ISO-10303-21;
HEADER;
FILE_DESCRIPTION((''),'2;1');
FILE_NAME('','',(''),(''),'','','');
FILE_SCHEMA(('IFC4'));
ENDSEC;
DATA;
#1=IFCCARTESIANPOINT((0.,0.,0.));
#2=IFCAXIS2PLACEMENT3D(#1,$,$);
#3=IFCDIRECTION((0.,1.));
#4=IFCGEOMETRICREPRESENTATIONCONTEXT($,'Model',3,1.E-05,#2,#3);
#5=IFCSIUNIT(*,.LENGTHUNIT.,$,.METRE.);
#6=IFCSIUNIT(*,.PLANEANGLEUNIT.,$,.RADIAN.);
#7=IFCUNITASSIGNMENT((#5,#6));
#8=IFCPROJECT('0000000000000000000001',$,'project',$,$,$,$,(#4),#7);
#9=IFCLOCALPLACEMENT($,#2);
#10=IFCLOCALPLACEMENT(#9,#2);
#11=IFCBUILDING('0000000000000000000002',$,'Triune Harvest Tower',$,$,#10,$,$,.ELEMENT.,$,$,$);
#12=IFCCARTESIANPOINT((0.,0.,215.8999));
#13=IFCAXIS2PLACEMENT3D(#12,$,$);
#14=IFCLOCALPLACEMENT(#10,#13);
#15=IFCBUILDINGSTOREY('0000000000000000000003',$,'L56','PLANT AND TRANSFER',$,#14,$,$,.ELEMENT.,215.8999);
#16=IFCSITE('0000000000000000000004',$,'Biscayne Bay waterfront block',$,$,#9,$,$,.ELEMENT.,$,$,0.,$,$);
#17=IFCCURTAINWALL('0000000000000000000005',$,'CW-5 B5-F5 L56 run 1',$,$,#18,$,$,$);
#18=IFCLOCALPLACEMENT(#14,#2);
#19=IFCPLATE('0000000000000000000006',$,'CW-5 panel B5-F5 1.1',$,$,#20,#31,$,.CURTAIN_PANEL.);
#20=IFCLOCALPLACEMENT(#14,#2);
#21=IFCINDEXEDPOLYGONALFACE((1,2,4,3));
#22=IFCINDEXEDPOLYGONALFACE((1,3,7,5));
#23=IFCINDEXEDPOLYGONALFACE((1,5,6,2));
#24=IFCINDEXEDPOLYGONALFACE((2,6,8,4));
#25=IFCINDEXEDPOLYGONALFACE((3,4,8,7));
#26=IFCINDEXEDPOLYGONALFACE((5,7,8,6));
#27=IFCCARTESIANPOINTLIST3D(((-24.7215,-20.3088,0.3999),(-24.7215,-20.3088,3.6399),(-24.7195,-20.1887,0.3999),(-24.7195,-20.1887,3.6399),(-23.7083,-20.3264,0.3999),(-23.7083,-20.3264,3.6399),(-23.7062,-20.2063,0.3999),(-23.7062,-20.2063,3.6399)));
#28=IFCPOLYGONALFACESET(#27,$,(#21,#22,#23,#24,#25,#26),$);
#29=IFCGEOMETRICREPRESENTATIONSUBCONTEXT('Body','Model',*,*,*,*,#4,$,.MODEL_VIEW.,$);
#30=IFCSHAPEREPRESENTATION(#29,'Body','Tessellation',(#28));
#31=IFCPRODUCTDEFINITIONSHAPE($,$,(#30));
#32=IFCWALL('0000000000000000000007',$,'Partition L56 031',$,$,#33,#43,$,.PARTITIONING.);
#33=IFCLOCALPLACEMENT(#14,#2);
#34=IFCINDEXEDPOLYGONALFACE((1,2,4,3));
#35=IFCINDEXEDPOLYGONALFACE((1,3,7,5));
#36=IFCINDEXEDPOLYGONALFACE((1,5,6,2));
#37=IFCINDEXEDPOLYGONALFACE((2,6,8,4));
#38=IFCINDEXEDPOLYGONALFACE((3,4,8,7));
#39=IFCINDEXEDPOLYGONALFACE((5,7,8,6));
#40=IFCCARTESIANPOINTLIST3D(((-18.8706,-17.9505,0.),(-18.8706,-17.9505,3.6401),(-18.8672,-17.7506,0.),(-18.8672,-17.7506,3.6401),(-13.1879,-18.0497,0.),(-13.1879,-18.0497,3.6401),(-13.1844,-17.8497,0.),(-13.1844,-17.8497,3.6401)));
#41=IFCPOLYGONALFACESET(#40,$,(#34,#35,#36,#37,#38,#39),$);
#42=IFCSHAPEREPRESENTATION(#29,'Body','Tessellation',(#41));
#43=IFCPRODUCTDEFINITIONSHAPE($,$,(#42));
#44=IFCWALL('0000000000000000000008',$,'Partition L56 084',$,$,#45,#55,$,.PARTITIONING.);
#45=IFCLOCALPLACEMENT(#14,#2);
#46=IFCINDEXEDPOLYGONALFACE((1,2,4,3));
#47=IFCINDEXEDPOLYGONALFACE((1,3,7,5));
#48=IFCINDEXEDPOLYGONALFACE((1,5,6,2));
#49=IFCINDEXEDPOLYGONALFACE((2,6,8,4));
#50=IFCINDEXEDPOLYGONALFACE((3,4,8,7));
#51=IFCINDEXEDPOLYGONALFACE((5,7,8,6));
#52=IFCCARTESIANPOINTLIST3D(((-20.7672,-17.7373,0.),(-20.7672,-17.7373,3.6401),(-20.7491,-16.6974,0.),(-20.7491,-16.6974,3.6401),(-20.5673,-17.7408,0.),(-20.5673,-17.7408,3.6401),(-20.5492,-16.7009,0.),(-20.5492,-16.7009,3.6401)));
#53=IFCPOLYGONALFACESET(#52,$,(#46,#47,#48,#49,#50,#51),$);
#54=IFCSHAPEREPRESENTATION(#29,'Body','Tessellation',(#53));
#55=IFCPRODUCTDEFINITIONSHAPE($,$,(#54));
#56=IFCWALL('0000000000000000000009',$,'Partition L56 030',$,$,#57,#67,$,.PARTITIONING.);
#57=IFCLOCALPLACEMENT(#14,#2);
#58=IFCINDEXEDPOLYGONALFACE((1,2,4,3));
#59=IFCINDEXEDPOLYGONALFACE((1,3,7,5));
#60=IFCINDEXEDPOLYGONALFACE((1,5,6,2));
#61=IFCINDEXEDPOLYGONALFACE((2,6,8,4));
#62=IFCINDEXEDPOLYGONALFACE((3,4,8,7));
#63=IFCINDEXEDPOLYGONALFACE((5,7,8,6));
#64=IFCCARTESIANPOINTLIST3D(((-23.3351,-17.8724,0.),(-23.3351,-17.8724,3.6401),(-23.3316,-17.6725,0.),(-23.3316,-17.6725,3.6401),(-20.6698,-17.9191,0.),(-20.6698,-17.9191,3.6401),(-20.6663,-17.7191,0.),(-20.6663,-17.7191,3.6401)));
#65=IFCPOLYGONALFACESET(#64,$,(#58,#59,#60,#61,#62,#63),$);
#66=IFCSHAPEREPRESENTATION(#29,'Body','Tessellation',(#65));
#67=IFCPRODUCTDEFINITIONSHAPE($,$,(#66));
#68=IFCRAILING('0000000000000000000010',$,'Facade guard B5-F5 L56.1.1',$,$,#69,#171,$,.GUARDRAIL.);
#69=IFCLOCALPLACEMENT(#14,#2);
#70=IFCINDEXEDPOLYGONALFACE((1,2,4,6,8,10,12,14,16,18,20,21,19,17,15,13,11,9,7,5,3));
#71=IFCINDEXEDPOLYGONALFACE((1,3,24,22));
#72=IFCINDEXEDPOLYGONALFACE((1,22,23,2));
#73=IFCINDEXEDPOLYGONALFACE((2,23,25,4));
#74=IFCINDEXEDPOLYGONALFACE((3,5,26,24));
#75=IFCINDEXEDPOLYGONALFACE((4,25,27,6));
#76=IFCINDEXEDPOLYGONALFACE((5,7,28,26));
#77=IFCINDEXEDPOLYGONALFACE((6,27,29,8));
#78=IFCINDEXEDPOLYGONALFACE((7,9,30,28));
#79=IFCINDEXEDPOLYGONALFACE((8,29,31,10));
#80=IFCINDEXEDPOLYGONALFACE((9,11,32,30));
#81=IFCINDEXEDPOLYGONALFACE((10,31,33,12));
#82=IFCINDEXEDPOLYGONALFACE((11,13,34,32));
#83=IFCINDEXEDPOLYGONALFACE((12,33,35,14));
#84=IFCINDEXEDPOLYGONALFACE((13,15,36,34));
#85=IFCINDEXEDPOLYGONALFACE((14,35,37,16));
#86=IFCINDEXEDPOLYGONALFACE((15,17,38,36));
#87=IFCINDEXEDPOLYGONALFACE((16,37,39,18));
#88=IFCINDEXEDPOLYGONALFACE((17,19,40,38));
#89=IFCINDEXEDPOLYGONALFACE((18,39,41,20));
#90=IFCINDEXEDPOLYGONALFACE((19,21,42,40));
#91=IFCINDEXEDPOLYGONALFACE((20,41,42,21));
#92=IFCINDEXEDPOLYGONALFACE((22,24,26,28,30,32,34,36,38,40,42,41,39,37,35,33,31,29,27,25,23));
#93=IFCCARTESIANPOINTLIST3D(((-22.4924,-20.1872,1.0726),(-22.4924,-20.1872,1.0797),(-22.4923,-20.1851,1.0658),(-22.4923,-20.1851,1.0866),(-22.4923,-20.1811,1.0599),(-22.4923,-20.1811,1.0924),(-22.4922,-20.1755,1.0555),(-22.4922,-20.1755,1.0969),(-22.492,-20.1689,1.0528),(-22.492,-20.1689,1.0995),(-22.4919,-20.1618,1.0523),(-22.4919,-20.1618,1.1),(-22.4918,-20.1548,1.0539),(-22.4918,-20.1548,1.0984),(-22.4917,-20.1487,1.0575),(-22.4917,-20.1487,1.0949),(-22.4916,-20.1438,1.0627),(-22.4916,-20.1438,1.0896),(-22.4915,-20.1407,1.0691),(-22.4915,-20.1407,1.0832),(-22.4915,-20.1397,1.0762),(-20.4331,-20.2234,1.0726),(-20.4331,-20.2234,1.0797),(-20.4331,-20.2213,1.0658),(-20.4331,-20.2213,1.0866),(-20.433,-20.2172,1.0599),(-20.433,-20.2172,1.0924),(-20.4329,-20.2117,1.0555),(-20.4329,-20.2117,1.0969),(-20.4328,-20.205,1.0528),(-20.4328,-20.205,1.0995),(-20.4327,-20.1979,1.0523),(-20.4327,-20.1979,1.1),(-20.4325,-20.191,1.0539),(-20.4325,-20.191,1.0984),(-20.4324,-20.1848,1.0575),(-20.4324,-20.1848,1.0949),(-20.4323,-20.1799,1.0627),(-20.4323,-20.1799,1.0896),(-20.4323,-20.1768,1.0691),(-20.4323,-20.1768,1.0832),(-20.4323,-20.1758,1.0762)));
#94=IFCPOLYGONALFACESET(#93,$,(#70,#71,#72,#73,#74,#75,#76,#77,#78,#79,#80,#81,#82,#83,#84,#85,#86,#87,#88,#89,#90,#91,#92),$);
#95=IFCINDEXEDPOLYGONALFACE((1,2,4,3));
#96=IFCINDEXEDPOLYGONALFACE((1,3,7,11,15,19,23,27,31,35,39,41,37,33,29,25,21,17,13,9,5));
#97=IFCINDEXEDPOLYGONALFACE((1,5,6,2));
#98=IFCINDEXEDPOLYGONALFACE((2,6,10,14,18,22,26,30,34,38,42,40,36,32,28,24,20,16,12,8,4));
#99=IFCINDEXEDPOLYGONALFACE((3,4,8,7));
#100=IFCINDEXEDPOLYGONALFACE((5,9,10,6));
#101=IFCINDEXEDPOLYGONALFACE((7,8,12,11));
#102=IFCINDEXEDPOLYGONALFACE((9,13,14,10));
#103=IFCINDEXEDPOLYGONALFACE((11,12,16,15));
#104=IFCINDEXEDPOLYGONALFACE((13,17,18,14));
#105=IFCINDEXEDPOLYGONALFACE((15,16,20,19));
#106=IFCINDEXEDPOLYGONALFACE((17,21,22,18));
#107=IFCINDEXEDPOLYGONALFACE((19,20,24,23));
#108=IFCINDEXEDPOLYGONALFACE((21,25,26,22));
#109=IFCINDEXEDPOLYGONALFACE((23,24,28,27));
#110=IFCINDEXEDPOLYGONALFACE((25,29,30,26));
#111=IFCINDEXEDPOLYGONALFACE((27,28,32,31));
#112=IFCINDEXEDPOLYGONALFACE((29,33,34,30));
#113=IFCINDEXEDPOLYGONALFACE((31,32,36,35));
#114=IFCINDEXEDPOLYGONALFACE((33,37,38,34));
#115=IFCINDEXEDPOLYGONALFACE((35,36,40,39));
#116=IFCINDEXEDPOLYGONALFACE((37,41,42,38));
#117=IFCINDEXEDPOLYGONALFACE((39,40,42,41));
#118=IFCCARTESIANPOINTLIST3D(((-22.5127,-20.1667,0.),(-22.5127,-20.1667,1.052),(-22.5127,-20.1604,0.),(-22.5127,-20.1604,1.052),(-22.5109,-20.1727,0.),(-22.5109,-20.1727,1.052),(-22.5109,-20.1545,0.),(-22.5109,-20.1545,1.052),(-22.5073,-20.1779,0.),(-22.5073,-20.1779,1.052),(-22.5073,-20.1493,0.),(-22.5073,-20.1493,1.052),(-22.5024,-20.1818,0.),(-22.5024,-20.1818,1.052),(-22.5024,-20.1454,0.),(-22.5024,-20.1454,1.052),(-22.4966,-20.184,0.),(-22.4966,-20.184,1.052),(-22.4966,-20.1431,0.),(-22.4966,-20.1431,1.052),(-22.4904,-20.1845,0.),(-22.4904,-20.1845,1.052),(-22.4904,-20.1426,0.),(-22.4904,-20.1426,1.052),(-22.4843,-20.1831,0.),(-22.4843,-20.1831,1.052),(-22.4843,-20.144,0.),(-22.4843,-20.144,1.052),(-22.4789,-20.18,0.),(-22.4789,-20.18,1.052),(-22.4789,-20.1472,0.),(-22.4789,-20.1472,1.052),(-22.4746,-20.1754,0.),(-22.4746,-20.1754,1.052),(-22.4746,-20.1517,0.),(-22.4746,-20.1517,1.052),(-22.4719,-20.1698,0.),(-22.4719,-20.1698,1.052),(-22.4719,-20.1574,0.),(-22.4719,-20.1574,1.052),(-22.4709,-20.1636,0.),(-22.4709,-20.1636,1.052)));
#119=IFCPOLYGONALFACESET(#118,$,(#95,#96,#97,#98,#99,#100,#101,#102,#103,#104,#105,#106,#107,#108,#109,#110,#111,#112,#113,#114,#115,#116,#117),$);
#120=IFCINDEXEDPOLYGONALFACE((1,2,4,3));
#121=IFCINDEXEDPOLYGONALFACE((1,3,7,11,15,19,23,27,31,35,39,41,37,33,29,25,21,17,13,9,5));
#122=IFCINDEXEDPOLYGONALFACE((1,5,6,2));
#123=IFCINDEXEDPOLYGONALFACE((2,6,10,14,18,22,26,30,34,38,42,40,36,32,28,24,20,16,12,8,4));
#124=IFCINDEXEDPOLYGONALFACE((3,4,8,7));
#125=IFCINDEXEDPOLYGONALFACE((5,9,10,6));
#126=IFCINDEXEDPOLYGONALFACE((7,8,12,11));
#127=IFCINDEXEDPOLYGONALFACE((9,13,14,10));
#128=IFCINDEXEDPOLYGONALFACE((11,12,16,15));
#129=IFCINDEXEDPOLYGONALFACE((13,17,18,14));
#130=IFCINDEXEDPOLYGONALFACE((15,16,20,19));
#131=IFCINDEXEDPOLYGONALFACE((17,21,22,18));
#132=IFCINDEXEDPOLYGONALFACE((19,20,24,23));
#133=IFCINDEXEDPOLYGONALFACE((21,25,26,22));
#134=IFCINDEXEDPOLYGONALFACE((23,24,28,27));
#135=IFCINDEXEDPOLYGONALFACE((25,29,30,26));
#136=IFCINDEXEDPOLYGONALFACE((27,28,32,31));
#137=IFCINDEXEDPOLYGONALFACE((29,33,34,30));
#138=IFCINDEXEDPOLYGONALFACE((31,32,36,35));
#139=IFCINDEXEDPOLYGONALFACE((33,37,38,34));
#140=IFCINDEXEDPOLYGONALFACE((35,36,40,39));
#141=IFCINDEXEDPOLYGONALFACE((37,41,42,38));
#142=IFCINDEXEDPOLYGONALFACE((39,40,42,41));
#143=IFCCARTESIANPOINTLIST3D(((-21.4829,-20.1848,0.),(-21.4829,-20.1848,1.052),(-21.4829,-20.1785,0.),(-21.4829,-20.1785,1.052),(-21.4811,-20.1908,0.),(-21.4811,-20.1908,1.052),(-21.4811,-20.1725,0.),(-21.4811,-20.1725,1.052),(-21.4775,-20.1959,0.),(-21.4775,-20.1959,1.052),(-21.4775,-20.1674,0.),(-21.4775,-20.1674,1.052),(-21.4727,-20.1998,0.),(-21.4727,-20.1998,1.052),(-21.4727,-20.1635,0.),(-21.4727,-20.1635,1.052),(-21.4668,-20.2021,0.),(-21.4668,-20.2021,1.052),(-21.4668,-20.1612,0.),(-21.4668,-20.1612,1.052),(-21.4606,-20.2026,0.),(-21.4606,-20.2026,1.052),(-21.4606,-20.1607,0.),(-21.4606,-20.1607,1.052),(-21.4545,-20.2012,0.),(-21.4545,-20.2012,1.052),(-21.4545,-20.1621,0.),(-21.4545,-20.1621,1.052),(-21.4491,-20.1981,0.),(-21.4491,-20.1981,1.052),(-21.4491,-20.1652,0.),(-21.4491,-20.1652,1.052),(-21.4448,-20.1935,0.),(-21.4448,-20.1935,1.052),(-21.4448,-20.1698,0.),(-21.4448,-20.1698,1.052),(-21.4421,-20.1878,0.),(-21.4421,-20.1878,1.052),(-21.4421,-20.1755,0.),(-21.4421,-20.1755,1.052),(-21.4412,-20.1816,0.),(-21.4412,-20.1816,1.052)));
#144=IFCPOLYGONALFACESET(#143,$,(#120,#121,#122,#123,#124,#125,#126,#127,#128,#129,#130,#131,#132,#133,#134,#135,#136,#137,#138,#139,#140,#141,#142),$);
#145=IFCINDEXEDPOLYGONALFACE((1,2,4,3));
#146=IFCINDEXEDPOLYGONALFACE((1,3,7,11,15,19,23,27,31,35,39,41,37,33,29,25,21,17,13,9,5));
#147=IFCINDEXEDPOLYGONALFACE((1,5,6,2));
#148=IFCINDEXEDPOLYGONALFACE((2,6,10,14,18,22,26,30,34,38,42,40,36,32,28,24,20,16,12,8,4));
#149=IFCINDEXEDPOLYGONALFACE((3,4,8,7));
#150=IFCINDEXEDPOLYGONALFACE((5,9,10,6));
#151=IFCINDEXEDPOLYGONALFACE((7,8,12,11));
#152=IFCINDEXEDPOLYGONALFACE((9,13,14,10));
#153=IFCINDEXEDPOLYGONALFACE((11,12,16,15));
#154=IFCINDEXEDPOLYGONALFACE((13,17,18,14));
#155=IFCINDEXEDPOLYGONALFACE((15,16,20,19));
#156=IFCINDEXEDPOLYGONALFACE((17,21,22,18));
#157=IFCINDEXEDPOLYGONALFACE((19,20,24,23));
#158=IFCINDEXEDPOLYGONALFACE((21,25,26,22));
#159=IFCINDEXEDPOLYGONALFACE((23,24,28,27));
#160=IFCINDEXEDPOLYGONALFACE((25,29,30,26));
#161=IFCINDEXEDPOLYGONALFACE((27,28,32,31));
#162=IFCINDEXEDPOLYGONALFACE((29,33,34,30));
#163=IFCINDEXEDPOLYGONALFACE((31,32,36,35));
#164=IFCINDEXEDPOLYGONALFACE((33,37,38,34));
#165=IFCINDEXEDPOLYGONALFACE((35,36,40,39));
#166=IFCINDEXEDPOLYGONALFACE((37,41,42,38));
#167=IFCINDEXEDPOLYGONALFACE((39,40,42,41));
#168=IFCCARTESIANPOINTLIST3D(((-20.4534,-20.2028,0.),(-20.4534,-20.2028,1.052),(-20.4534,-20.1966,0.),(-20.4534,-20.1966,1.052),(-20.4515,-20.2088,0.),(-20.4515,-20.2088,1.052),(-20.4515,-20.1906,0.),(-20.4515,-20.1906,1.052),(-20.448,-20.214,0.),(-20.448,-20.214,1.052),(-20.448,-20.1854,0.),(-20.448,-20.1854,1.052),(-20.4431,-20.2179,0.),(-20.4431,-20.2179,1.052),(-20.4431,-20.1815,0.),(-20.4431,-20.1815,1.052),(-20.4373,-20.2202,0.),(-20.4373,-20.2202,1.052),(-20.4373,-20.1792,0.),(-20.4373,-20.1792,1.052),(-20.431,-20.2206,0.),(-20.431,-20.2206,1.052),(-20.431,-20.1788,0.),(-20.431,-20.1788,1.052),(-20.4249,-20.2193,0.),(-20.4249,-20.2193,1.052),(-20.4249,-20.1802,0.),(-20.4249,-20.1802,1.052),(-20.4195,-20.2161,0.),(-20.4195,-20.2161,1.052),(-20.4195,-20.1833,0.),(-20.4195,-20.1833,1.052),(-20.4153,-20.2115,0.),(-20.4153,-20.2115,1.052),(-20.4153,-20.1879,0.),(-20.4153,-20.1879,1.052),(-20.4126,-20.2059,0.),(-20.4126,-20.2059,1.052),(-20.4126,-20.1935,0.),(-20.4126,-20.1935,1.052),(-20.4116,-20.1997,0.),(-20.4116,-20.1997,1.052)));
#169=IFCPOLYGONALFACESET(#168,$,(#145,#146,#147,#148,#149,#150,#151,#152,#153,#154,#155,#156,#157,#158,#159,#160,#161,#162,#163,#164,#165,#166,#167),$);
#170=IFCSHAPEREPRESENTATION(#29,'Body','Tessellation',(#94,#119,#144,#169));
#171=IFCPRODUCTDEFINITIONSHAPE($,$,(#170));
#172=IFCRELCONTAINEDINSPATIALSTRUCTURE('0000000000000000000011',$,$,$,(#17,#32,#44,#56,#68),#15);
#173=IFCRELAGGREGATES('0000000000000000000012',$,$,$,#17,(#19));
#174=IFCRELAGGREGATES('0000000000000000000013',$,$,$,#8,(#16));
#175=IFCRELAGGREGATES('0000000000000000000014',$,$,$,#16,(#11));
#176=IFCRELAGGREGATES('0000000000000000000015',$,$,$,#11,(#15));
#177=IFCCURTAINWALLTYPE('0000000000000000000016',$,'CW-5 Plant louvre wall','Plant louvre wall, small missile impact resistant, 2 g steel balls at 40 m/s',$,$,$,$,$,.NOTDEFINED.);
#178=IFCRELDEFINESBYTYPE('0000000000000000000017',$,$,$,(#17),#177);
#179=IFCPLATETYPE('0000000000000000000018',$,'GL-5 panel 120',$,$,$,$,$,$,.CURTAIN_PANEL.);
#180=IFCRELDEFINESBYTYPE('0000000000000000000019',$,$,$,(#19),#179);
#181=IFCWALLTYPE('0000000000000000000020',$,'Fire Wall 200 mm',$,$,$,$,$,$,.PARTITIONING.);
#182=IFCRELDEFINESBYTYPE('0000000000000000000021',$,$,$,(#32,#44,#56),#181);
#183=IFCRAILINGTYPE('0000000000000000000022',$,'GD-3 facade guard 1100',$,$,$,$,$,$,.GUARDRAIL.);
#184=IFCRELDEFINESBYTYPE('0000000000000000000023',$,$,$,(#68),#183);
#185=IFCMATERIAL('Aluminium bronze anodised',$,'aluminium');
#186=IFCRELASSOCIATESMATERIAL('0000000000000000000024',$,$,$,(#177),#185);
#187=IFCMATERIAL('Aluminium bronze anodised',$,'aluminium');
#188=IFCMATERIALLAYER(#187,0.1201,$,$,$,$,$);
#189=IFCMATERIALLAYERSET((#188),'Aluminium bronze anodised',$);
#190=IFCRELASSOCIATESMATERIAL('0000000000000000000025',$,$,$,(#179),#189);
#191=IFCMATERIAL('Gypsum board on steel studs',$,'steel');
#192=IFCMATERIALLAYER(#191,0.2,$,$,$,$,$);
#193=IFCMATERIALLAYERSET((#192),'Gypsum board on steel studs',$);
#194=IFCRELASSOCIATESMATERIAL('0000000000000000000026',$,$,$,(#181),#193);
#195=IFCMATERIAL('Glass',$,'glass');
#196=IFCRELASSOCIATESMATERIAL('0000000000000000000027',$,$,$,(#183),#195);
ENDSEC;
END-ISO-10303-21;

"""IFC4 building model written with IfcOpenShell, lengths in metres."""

from ifc_helpers import new_model, si_unit, direction, frame, frame_2d, origin, origin_2d, place, context, subcontext, project, spatial, rectangle, circle, extrude, source, transform, mapped, material, layer, layer_set, type_object, element, aggregate, save


model = new_model("IFC4")

# Units and contexts
model_context = context("Model", 3, precision=1e-05, world=origin(), true_north=direction((0.0, 1.0)))
body_context = subcontext(model_context, "Body", "Model", "MODEL_VIEW")
ifc_project = project(units=[si_unit("LENGTHUNIT", "METRE"), si_unit("PLANEANGLEUNIT", "RADIAN")], contexts=[model_context])

# Site, building, storey
site_placement = place(None, origin())
site = spatial("IfcSite", under=ifc_project, at=site_placement, Name="Biscayne Bay waterfront block", CompositionType="ELEMENT", RefElevation=0.0)
building_placement = place(site_placement, origin())
building = spatial("IfcBuilding", under=site, at=building_placement, Name="Triune Harvest Tower", CompositionType="ELEMENT")
storey_placement = place(building_placement, frame((0.0, 0.0, 215.8999)))
storey = spatial("IfcBuildingStorey", under=building, at=storey_placement, Name="L56", Description="PLANT AND TRANSFER", CompositionType="ELEMENT", Elevation=215.8999)

# Curtain wall
ifc_material_1 = material(Name="Aluminium bronze anodised", Category="aluminium")
curtain_wall_type = type_object("IfcCurtainWallType", Name="CW-5 Plant louvre wall", Description="Plant louvre wall, small missile impact resistant, 2 g steel balls at 40 m/s", PredefinedType="NOTDEFINED", material=ifc_material_1)
curtain_wall_1_placement = place(storey_placement, origin())
curtain_wall_1 = element("IfcCurtainWall", 1, at=curtain_wall_1_placement, inside=storey, type_object=curtain_wall_type, Name="CW-5 B5-F5 L56 run 1")

# Plate
ifc_material_2 = material(Name="Aluminium bronze anodised", Category="aluminium")
ifc_layer_1 = layer(ifc_material_2, 0.1201)
ifc_layer_set_1 = layer_set([ifc_layer_1], Name="Aluminium bronze anodised")
plate_type = type_object("IfcPlateType", Name="GL-5 panel 120", PredefinedType="CURTAIN_PANEL", material=ifc_layer_set_1)
shared_shape_1 = source(origin(), body_context, "Body", "SweptSolid", [
    extrude(rectangle(XDim=1.0134, YDim=0.1201, at=origin_2d()), origin(), (0.0, 0.0, 1.0), 3.24),
])
plate_1_placement = place(storey_placement, frame((-24.2139, -20.2576, 0.3999), z_axis=(0.0, 0.0, 1.0), x_axis=(0.999849, -0.017384, 0.0)))
plate_1 = element("IfcPlate", 2, at=plate_1_placement, type_object=plate_type, Name="CW-5 panel B5-F5 1.1", PredefinedType="CURTAIN_PANEL", context=body_context, shape_type="MappedRepresentation", body=[
    mapped(shared_shape_1, transform((0.0, 0.0, 0.0), scale=1.0)),
])
aggregate(curtain_wall_1, [plate_1])

# Walls
ifc_material_3 = material(Name="Gypsum board on steel studs", Category="steel")
ifc_layer_2 = layer(ifc_material_3, 0.2)
ifc_layer_set_2 = layer_set([ifc_layer_2], Name="Gypsum board on steel studs")
wall_type = type_object("IfcWallType", Name="Fire Wall 200 mm", PredefinedType="PARTITIONING", material=ifc_layer_set_2)
wall_1_placement = place(storey_placement, frame((-18.8689, -17.8506, 0.0), z_axis=(0.0, 0.0, 1.0), x_axis=(0.999848, -0.01744, 0.0)))
element("IfcWall", 3, at=wall_1_placement, inside=storey, type_object=wall_type, Name="Partition L56 031", PredefinedType="PARTITIONING", context=body_context, shape_type="SweptSolid", body=[
    extrude(rectangle(XDim=5.6836, YDim=0.2, at=frame_2d((2.8418, 0.0))), origin(), (0.0, 0.0, 1.0), 3.6401),
])
shared_shape_2 = source(origin(), body_context, "Body", "SweptSolid", [
    extrude(rectangle(XDim=1.04, YDim=0.2, at=frame_2d((0.52, 0.0))), origin(), (0.0, 0.0, 1.0), 3.6401),
])
wall_2_placement = place(storey_placement, frame((-20.6672, -17.739, 0.0), z_axis=(0.0, 0.0, 1.0), x_axis=(0.017372, 0.999849, 0.0)))
element("IfcWall", 4, at=wall_2_placement, inside=storey, type_object=wall_type, Name="Partition L56 084", PredefinedType="PARTITIONING", context=body_context, shape_type="MappedRepresentation", body=[
    mapped(shared_shape_2, transform((0.0, 0.0, 0.0), scale=1.0)),
])
shared_shape_3 = source(origin(), body_context, "Body", "SweptSolid", [
    extrude(rectangle(XDim=2.6658, YDim=0.2, at=frame_2d((1.333, 0.0))), origin(), (0.0, 0.0, 1.0), 3.6401),
])
wall_3_placement = place(storey_placement, frame((-23.3335, -17.7725, 0.0), z_axis=(0.0, 0.0, 1.0), x_axis=(0.999847, -0.017493, 0.0)))
element("IfcWall", 5, at=wall_3_placement, inside=storey, type_object=wall_type, Name="Partition L56 030", PredefinedType="PARTITIONING", context=body_context, shape_type="MappedRepresentation", body=[
    mapped(shared_shape_3, transform((0.0, 0.0, 0.0), scale=1.0)),
])

# Railing
ifc_material_4 = material(Name="Glass", Category="glass")
railing_type = type_object("IfcRailingType", Name="GD-3 facade guard 1100", PredefinedType="GUARDRAIL", material=ifc_material_4)
railing_1_placement = place(storey_placement, frame((-22.4919, -20.1636, 0.0)))
element("IfcRailing", 6, at=railing_1_placement, inside=storey, type_object=railing_type, Name="Facade guard B5-F5 L56.1.1", PredefinedType="GUARDRAIL", context=body_context, shape_type="SweptSolid", body=[
    extrude(circle(Radius=0.0239, at=origin_2d()), frame((0.0, 0.0, 1.0762), z_axis=(0.999846, -0.017543, 0.0), x_axis=(0.017543, 0.999846, 0.0)), (0.0, 0.0, 1.0), 2.0596),
    extrude(circle(Radius=0.021, at=origin_2d()), origin(), (0.0, 0.0, 1.0), 1.052),
    extrude(circle(Radius=0.021, at=origin_2d()), frame((1.0298, -0.0181, 0.0)), (0.0, 0.0, 1.0), 1.052),
    extrude(circle(Radius=0.021, at=origin_2d()), frame((2.0593, -0.0361, 0.0)), (0.0, 0.0, 1.0), 1.052),
])

save(model, "model.ifc")
